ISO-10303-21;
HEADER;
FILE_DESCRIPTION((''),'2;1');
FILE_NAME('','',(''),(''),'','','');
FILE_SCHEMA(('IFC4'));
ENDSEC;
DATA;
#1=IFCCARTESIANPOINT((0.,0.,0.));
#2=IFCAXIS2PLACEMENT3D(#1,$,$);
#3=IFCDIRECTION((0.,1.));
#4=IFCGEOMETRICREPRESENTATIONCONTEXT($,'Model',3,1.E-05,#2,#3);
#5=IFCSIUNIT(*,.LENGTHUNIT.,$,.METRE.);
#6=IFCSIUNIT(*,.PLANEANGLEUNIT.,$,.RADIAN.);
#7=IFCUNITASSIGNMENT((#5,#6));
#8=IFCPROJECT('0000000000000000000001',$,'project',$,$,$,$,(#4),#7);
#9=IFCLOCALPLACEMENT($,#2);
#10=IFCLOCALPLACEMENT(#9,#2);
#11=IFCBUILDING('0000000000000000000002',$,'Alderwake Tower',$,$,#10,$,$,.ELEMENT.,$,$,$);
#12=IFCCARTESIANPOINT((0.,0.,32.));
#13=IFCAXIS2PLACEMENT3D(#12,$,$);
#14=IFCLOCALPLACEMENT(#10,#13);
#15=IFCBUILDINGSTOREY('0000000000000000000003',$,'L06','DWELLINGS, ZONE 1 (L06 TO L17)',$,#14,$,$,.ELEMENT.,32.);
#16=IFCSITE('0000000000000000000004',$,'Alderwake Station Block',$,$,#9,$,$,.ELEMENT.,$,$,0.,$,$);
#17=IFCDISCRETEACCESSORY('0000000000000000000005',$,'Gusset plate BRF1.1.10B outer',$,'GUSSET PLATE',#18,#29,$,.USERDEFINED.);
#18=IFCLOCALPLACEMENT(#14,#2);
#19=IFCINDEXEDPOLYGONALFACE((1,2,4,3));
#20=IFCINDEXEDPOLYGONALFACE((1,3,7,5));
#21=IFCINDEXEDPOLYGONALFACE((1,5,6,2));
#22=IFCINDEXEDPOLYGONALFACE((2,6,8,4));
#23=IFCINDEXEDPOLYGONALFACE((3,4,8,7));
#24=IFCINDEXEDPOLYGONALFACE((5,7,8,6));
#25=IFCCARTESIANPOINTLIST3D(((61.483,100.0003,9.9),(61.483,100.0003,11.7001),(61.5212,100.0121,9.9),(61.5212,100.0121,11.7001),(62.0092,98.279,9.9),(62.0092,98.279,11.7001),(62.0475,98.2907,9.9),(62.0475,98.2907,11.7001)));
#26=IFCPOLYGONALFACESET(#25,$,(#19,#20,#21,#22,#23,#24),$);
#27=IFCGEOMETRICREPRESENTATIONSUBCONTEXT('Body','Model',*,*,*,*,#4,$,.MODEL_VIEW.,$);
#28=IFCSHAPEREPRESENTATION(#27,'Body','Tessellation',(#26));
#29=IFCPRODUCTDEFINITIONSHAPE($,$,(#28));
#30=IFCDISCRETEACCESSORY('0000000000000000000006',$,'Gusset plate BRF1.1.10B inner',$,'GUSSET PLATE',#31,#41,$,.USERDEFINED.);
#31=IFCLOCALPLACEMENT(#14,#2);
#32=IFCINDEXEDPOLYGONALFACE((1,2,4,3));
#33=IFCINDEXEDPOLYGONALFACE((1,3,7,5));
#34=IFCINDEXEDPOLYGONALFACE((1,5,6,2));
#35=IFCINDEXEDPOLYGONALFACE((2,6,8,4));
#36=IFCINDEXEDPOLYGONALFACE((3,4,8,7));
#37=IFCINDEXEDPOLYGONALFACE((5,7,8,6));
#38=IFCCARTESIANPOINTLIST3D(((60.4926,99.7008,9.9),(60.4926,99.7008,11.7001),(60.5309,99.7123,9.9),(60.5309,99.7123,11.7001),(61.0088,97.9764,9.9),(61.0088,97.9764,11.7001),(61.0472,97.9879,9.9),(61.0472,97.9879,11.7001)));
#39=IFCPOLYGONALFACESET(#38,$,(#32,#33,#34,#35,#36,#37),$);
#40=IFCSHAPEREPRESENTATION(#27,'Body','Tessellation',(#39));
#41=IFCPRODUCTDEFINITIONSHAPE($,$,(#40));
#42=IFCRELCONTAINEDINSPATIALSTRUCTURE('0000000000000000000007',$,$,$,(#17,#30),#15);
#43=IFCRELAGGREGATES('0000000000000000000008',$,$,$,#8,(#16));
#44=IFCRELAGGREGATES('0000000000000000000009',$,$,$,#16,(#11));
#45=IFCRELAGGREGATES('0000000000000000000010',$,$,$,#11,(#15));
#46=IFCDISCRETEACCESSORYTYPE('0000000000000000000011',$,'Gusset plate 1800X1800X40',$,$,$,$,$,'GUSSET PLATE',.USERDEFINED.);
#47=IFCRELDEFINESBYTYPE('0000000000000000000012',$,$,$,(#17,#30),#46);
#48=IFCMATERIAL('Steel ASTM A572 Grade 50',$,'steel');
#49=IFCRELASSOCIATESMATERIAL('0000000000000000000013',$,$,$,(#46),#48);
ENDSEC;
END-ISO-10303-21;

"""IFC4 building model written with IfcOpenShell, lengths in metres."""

from ifc_helpers import new_model, si_unit, direction, frame, origin, origin_2d, place, context, subcontext, project, spatial, rectangle, extrude, material, material_profile, profile_set, type_object, element, save


model = new_model("IFC4")

# Units and contexts
model_context = context("Model", 3, precision=1e-05, world=origin(), true_north=direction((0.0, 1.0)))
body_context = subcontext(model_context, "Body", "Model", "MODEL_VIEW")
ifc_project = project(units=[si_unit("LENGTHUNIT", "METRE"), si_unit("PLANEANGLEUNIT", "RADIAN")], contexts=[model_context])

# Site, building, storey
site_placement = place(None, origin())
site = spatial("IfcSite", under=ifc_project, at=site_placement, Name="Alderwake Station Block", CompositionType="ELEMENT", RefElevation=0.0)
building_placement = place(site_placement, origin())
building = spatial("IfcBuilding", under=site, at=building_placement, Name="Alderwake Tower", CompositionType="ELEMENT")
storey_placement = place(building_placement, frame((0.0, 0.0, 32.0)))
storey = spatial("IfcBuildingStorey", under=building, at=storey_placement, Name="L06", Description="DWELLINGS, ZONE 1 (L06 TO L17)", CompositionType="ELEMENT", Elevation=32.0)

# Discrete accessories
ifc_material_1 = material(Name="Steel ASTM A572 Grade 50", Category="steel")
ifc_material_profile_1 = material_profile(ifc_material_1, rectangle(XDim=1.8, YDim=1.8, at=origin_2d()), Name="gusset 1800X1800")
ifc_profile_set_1 = profile_set([ifc_material_profile_1], Name="Steel ASTM A572 Grade 50")
discrete_accessory_type = type_object("IfcDiscreteAccessoryType", Name="Gusset plate 1800X1800X40", ElementType="GUSSET PLATE", PredefinedType="USERDEFINED", material=ifc_profile_set_1)
for number, where, z_axis, x_axis, name in (
    (1, (61.7461, 99.1396, 10.8), (0.956304, 0.292373, 0.0), (-0.292373, 0.956304, 0.0), "Gusset plate BRF1.1.10B outer"),
    (2, (60.7891, 98.8501, 10.8), (-0.957994, -0.286788, 0.0), (0.286788, -0.957994, 0.0), "Gusset plate BRF1.1.10B inner"),
):
    element("IfcDiscreteAccessory", number, at=place(storey_placement, frame(where, z_axis=z_axis, x_axis=x_axis)), inside=storey, type_object=discrete_accessory_type, Name=name, ObjectType="GUSSET PLATE", PredefinedType="USERDEFINED", context=body_context, shape_type="SweptSolid", body=[
        extrude(rectangle(XDim=1.8, YDim=1.8, at=origin_2d()), origin(), (0.0, 0.0, 1.0), 0.04),
    ])

save(model, "model.ifc")
